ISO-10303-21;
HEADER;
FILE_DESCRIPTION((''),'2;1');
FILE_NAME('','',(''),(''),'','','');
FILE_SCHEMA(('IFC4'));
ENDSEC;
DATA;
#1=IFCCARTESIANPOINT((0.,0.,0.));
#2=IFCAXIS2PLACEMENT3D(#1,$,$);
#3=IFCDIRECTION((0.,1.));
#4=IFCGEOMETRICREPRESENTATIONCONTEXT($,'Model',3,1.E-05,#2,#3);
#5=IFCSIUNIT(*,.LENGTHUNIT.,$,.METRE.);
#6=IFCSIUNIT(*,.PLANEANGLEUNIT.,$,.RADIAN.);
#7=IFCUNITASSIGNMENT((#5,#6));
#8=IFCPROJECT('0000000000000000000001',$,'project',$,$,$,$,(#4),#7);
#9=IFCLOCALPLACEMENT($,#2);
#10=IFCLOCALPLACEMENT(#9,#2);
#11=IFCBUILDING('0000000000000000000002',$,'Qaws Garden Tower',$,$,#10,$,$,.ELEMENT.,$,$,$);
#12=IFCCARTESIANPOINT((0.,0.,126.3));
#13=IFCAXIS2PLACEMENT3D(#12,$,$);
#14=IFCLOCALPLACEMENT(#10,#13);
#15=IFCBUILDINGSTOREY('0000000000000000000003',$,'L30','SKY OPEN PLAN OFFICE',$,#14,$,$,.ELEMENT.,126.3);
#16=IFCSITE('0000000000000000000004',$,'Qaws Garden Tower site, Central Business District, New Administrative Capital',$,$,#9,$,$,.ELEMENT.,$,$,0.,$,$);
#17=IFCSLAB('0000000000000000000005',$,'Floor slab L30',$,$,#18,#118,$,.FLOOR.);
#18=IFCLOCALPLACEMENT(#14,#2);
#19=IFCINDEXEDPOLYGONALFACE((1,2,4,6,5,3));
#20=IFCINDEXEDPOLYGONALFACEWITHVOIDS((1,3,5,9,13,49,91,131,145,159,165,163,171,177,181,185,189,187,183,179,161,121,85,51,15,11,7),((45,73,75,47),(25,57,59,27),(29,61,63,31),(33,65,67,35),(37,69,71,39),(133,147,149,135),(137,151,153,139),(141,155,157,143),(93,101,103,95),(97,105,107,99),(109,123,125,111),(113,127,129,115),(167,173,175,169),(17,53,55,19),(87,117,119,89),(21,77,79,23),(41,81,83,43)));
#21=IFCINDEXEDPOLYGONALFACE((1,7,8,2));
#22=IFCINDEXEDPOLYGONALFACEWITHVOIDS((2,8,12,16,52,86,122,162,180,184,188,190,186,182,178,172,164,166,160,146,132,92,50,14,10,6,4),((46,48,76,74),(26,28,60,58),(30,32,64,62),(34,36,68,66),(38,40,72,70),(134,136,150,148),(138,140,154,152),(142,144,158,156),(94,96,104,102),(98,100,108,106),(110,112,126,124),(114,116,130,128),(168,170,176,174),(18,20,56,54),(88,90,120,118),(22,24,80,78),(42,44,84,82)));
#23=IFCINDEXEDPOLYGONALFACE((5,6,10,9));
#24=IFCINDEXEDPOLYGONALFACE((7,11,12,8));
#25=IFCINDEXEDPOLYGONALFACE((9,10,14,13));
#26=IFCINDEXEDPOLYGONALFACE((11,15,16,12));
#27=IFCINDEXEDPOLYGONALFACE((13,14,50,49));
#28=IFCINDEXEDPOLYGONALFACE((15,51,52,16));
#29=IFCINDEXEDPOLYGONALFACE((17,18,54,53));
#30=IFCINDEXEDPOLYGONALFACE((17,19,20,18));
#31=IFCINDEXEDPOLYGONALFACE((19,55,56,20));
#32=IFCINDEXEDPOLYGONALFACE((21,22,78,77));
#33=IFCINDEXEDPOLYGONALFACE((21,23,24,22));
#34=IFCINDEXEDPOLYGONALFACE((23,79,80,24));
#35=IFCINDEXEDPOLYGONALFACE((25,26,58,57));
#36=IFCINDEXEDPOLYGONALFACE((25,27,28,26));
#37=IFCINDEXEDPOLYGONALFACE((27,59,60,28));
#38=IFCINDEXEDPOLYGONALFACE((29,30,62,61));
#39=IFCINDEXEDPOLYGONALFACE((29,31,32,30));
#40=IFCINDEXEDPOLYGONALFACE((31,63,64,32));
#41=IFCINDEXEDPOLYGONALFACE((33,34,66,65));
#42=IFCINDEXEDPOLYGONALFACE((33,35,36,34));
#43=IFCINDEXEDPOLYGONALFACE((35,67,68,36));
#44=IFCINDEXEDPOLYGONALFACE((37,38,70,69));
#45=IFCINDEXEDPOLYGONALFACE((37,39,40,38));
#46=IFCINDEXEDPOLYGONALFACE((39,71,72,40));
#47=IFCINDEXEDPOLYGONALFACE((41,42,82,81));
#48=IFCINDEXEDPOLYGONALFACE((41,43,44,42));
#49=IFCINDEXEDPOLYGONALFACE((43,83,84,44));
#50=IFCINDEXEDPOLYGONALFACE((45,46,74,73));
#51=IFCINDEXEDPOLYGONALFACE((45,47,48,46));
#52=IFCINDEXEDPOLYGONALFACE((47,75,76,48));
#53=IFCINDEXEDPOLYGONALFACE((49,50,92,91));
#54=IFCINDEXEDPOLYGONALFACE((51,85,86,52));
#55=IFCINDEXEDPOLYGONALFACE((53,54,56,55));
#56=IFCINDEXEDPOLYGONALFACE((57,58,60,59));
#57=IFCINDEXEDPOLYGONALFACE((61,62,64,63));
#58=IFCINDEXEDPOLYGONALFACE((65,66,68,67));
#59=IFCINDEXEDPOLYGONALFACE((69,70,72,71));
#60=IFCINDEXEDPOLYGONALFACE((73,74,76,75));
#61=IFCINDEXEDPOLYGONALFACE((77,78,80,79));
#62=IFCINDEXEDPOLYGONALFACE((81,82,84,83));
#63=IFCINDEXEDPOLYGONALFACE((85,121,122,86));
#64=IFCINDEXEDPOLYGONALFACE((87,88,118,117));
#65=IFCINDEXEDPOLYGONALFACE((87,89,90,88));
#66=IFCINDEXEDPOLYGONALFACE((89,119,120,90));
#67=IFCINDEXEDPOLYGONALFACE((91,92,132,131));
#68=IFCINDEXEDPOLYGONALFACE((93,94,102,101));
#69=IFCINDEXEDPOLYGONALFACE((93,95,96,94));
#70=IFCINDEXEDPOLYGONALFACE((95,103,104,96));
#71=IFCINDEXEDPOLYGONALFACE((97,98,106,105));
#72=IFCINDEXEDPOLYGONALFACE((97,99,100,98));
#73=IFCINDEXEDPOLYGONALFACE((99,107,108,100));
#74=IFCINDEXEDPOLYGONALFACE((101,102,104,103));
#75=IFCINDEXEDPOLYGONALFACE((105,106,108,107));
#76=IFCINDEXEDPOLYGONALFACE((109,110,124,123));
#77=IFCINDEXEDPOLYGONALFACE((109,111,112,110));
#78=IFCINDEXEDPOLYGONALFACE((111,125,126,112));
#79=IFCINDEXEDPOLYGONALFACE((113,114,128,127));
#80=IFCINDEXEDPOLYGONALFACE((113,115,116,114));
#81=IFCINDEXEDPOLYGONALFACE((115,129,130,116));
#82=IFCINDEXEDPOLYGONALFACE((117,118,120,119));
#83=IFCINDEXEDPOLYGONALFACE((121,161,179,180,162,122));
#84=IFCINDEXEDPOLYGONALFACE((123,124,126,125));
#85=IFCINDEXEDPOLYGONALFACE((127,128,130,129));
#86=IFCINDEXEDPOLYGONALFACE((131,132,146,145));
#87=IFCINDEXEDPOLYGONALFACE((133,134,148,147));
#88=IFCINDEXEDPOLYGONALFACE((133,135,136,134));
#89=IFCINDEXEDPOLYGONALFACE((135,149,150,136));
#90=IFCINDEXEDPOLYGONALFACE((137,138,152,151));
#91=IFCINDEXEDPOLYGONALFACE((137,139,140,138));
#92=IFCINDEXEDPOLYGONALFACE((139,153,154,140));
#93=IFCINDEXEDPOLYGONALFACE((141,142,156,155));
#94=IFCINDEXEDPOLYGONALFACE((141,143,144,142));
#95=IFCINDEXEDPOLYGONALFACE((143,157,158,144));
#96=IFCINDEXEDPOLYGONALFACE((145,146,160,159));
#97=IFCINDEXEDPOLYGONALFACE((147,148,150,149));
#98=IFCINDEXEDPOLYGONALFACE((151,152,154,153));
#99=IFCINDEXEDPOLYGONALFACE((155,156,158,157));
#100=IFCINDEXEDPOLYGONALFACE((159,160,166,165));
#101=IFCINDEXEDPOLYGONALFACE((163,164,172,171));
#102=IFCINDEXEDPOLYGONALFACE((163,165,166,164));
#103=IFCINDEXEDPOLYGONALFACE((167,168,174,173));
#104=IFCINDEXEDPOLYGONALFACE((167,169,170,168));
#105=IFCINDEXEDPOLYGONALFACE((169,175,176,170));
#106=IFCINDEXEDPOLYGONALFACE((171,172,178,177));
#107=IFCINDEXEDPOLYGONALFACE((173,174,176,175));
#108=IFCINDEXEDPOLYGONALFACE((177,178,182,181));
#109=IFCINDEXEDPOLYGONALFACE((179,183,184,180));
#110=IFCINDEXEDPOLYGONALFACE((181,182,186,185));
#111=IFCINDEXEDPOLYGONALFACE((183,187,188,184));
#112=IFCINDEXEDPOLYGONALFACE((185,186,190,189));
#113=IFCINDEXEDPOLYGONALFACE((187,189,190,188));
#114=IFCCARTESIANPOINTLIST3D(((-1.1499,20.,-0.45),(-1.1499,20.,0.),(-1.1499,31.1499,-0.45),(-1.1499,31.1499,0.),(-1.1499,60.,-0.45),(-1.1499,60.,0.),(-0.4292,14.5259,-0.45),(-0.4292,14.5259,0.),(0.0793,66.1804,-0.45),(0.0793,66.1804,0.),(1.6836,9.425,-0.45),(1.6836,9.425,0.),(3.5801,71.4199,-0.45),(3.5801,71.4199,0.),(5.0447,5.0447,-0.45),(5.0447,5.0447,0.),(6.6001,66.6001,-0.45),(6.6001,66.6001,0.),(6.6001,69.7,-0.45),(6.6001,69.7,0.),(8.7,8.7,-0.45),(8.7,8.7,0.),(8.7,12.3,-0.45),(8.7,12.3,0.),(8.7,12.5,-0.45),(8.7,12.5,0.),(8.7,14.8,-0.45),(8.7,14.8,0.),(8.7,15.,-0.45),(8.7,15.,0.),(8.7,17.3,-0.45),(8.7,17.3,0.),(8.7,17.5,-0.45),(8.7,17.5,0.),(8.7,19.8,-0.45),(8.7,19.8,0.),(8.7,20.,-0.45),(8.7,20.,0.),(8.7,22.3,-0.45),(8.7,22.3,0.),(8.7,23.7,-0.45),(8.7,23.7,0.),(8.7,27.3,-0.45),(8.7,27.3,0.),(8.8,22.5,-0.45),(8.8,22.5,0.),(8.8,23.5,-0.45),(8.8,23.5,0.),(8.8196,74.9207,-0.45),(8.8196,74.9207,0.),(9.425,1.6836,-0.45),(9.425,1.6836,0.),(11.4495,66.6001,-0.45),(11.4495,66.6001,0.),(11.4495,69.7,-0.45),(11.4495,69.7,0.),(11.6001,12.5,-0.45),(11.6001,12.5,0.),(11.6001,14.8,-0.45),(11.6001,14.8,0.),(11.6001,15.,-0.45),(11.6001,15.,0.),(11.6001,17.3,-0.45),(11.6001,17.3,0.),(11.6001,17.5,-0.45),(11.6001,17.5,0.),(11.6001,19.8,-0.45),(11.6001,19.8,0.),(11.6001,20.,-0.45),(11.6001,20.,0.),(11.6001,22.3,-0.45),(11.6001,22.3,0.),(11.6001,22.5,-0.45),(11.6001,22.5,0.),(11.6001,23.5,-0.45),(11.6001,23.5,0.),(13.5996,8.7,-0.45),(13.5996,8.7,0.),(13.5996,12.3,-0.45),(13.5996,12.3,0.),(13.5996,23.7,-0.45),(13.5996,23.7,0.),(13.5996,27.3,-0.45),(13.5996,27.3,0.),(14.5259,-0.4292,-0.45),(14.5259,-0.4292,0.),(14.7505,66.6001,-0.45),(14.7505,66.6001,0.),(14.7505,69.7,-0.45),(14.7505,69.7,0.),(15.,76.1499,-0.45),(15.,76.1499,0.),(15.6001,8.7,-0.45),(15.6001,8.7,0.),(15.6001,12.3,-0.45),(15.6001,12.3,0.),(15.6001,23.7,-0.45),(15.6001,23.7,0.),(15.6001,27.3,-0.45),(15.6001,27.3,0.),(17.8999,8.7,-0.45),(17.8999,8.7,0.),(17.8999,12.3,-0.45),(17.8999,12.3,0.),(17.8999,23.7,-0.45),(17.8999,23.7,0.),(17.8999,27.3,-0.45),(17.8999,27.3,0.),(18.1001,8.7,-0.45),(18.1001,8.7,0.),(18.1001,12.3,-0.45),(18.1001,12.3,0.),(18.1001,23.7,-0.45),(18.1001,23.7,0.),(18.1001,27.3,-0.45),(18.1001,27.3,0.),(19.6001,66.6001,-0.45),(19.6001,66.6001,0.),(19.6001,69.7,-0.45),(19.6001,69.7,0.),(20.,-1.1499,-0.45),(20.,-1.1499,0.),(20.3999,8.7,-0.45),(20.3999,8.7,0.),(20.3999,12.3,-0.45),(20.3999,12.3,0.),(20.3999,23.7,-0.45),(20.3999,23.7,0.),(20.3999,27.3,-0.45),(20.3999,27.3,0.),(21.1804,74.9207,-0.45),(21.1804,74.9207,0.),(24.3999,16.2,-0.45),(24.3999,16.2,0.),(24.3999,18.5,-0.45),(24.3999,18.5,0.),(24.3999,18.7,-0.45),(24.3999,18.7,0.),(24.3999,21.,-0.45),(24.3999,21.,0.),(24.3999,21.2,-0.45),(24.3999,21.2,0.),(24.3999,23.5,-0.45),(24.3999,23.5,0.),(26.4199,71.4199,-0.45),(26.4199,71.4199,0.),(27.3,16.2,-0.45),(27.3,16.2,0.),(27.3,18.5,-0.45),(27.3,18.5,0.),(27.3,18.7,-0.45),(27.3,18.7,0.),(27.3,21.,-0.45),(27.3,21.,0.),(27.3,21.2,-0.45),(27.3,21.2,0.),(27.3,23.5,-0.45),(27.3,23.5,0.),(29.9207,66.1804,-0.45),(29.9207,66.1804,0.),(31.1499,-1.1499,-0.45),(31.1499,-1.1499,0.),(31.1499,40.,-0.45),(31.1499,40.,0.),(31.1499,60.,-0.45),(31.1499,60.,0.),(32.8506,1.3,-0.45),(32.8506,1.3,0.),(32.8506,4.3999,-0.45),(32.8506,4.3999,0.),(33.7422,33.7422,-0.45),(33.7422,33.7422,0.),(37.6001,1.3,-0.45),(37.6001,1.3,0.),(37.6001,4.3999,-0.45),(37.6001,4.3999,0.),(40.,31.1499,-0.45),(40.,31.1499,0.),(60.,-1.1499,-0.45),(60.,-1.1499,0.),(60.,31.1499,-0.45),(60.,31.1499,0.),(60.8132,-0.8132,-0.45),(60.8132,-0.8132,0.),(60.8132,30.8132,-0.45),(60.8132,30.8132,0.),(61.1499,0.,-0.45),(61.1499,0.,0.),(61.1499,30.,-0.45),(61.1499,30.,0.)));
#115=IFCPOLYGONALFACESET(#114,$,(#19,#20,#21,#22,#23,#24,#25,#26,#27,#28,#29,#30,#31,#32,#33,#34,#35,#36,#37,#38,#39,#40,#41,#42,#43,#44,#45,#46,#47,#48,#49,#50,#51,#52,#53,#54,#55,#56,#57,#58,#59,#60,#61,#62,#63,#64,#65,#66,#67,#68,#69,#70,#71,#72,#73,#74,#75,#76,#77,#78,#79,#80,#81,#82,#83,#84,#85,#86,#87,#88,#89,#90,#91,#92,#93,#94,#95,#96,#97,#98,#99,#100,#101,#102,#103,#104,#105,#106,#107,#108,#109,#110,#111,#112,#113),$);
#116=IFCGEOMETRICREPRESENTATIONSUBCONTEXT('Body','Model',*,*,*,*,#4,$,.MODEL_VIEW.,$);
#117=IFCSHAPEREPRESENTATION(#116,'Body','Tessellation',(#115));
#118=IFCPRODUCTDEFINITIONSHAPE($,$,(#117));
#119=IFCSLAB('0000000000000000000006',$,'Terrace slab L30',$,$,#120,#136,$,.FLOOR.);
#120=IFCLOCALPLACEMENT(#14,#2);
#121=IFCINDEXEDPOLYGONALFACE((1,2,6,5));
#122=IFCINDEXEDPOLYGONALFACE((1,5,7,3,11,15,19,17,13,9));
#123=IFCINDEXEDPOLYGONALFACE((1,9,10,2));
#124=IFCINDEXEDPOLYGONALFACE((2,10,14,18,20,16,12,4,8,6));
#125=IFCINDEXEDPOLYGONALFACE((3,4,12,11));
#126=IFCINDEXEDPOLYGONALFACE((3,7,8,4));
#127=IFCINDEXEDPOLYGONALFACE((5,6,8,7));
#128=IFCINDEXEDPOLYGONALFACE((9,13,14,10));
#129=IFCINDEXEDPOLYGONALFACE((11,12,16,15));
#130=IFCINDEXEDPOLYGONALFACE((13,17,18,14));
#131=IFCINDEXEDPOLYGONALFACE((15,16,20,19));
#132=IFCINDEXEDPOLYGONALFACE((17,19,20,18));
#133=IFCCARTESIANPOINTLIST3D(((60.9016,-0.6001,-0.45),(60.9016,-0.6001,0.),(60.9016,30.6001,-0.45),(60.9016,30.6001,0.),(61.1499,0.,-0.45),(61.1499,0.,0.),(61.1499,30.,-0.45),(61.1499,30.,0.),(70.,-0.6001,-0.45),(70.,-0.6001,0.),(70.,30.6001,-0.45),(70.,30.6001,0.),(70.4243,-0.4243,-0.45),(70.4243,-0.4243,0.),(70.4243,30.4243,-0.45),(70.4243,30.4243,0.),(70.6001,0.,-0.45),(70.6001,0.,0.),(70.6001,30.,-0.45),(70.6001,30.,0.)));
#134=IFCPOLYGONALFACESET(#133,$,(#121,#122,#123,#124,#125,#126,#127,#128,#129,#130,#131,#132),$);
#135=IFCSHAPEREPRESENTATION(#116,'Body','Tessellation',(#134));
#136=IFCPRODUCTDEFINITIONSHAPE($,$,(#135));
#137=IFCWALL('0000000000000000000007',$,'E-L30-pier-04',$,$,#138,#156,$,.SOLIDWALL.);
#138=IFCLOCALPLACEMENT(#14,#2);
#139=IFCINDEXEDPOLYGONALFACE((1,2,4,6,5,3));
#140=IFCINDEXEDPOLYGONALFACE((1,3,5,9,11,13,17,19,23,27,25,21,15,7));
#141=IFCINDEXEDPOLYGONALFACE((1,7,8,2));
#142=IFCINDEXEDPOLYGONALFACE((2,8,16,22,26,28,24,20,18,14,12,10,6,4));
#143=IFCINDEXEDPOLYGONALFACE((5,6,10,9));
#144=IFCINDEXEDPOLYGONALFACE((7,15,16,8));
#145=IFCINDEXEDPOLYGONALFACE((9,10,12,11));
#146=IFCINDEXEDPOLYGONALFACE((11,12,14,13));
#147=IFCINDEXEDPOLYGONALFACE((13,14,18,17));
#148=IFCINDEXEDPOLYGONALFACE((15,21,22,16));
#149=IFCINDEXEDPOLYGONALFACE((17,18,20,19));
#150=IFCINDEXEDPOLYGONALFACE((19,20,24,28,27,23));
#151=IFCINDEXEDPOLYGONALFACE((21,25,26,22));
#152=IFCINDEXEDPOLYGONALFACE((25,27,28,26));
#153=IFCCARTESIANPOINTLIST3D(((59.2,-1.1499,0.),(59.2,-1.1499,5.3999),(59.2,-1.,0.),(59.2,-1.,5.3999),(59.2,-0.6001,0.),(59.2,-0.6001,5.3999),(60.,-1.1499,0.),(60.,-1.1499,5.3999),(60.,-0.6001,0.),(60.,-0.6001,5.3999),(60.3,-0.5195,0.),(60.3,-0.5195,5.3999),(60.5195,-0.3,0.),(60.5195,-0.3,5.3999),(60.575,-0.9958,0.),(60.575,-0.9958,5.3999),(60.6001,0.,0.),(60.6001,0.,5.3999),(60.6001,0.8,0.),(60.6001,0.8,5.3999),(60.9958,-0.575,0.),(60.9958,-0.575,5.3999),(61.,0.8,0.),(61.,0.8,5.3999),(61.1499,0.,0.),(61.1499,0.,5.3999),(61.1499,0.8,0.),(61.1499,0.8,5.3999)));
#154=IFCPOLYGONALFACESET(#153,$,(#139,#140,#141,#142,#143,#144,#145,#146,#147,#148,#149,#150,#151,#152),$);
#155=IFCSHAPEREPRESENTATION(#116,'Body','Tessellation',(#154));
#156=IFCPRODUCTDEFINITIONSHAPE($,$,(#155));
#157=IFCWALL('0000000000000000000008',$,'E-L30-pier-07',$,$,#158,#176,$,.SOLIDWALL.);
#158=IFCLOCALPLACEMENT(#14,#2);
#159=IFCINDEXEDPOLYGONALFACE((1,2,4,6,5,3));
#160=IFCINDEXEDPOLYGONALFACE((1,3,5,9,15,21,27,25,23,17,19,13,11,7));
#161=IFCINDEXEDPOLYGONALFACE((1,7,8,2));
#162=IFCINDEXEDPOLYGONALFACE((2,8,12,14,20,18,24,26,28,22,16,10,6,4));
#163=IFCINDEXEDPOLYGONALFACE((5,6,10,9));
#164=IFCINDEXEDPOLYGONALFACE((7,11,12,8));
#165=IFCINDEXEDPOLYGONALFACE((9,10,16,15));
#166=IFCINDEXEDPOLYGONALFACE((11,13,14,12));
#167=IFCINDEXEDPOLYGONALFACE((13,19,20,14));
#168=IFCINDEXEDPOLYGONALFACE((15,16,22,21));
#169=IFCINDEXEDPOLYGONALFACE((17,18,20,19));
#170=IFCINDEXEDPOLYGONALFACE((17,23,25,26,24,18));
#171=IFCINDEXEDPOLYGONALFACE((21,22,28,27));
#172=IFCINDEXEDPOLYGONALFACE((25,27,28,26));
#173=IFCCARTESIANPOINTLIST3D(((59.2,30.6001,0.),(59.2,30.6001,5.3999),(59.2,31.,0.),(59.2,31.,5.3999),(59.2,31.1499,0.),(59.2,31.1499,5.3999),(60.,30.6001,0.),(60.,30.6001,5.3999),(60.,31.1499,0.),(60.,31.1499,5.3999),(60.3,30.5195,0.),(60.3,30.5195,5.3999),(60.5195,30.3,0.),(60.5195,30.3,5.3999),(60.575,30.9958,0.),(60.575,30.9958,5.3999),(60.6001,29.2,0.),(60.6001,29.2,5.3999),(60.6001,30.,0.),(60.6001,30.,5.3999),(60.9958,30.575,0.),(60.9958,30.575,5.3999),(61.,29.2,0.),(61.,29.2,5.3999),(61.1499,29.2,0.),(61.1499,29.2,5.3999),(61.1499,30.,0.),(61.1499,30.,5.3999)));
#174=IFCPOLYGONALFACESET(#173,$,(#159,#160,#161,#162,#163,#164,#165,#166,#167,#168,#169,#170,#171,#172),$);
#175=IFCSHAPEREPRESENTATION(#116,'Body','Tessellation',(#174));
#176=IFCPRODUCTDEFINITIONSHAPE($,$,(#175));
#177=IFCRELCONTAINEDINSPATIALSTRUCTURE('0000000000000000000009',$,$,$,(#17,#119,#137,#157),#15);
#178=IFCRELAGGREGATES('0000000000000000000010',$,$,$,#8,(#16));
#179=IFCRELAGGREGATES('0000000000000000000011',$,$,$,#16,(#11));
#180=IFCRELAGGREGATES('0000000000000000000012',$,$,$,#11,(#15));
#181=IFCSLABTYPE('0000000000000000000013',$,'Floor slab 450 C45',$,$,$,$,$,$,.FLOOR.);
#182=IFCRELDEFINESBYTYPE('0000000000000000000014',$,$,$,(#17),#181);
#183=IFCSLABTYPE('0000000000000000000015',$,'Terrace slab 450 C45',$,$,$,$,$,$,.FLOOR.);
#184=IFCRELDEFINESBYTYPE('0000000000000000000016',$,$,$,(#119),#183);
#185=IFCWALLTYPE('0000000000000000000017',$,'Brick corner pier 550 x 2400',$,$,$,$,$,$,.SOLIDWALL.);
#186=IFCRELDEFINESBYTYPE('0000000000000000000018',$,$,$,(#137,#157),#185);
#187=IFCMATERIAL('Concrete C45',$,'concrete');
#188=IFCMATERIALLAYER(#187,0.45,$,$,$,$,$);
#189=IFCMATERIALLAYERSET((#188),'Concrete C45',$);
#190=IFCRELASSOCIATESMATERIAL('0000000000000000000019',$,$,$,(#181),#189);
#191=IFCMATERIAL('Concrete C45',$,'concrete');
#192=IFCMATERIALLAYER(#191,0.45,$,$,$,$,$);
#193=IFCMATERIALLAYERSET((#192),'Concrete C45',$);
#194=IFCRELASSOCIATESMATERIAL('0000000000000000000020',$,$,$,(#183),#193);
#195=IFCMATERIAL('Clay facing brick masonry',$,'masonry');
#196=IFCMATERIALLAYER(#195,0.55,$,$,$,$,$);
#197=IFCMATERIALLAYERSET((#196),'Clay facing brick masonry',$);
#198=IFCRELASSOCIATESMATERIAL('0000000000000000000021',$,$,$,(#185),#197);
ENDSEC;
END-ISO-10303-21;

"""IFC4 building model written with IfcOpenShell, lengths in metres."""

from ifc_helpers import new_model, si_unit, direction, frame, origin, place, context, subcontext, project, spatial, polyline, outline, extrude, material, layer, layer_set, type_object, element, save


model = new_model("IFC4")

# Units and contexts
model_context = context("Model", 3, precision=1e-05, world=origin(), true_north=direction((0.0, 1.0)))
body_context = subcontext(model_context, "Body", "Model", "MODEL_VIEW")
ifc_project = project(units=[si_unit("LENGTHUNIT", "METRE"), si_unit("PLANEANGLEUNIT", "RADIAN")], contexts=[model_context])

# Site, building, storey
site_placement = place(None, origin())
site = spatial("IfcSite", under=ifc_project, at=site_placement, Name="Qaws Garden Tower site, Central Business District, New Administrative Capital", CompositionType="ELEMENT", RefElevation=0.0)
building_placement = place(site_placement, origin())
building = spatial("IfcBuilding", under=site, at=building_placement, Name="Qaws Garden Tower", CompositionType="ELEMENT")
storey_placement = place(building_placement, frame((0.0, 0.0, 126.3)))
storey = spatial("IfcBuildingStorey", under=building, at=storey_placement, Name="L30", Description="SKY OPEN PLAN OFFICE", CompositionType="ELEMENT", Elevation=126.3)

# Slabs
ifc_material_1 = material(Name="Concrete C45", Category="concrete")
ifc_layer_1 = layer(ifc_material_1, 0.45)
ifc_layer_set_1 = layer_set([ifc_layer_1], Name="Concrete C45")
slab_type_1 = type_object("IfcSlabType", Name="Floor slab 450 C45", PredefinedType="FLOOR", material=ifc_layer_set_1)
placement_1 = place(storey_placement, frame((0.0, 0.0, -0.45)))
element("IfcSlab", 1, at=placement_1, inside=storey, type_object=slab_type_1, Name="Floor slab L30", PredefinedType="FLOOR", context=body_context, shape_type="SweptSolid", body=[
    extrude(outline(polyline([(-0.4292, 14.5259), (-1.1499, 20.0), (-1.1499, 20.0), (-1.1499, 31.1499), (-1.1499, 60.0), (-1.1499, 60.0), (0.0793, 66.1804), (3.5801, 71.4199), (8.8196, 74.9207), (15.0, 76.1499), (21.1804, 74.9207), (26.4199, 71.4199), (29.9207, 66.1804), (31.1499, 60.0), (31.1499, 40.0), (33.7422, 33.7422), (40.0, 31.1499), (60.0, 31.1499), (60.8132, 30.8132), (61.1499, 30.0), (61.1499, 0.0), (60.8132, -0.8132), (60.0, -1.1499), (31.1499, -1.1499), (20.0, -1.1499), (20.0, -1.1499), (14.5259, -0.4292), (9.425, 1.6836), (5.0447, 5.0447), (1.6836, 9.425), (-0.4292, 14.5259)]), holes=[polyline([(13.5996, 12.3), (8.7, 12.3), (8.7, 8.7), (13.5996, 8.7), (13.5996, 12.3)]), polyline([(17.8999, 12.3), (15.6001, 12.3), (15.6001, 8.7), (17.8999, 8.7), (17.8999, 12.3)]), polyline([(11.6001, 14.8), (8.7, 14.8), (8.7, 12.5), (11.6001, 12.5), (11.6001, 14.8)]), polyline([(11.6001, 17.3), (8.7, 17.3), (8.7, 15.0), (11.6001, 15.0), (11.6001, 17.3)]), polyline([(11.6001, 19.8), (8.7, 19.8), (8.7, 17.5), (11.6001, 17.5), (11.6001, 19.8)]), polyline([(11.6001, 22.3), (8.7, 22.3), (8.7, 20.0), (11.6001, 20.0), (11.6001, 22.3)]), polyline([(11.6001, 23.5), (8.8, 23.5), (8.8, 22.5), (11.6001, 22.5), (11.6001, 23.5)]), polyline([(13.5996, 27.3), (8.7, 27.3), (8.7, 23.7), (13.5996, 23.7), (13.5996, 27.3)]), polyline([(11.4495, 69.7), (6.6001, 69.7), (6.6001, 66.6001), (11.4495, 66.6001), (11.4495, 69.7)]), polyline([(37.6001, 4.3999), (32.8506, 4.3999), (32.8506, 1.3), (37.6001, 1.3), (37.6001, 4.3999)]), polyline([(20.3999, 12.3), (18.1001, 12.3), (18.1001, 8.7), (20.3999, 8.7), (20.3999, 12.3)]), polyline([(27.3, 18.5), (24.3999, 18.5), (24.3999, 16.2), (27.3, 16.2), (27.3, 18.5)]), polyline([(27.3, 21.0), (24.3999, 21.0), (24.3999, 18.7), (27.3, 18.7), (27.3, 21.0)]), polyline([(27.3, 23.5), (24.3999, 23.5), (24.3999, 21.2), (27.3, 21.2), (27.3, 23.5)]), polyline([(17.8999, 27.3), (15.6001, 27.3), (15.6001, 23.7), (17.8999, 23.7), (17.8999, 27.3)]), polyline([(20.3999, 23.7), (20.3999, 27.3), (18.1001, 27.3), (18.1001, 23.7), (20.3999, 23.7)]), polyline([(19.6001, 66.6001), (19.6001, 69.7), (14.7505, 69.7), (14.7505, 66.6001), (19.6001, 66.6001)])]), origin(), (0.0, 0.0, 1.0), 0.45),
])
ifc_material_2 = material(Name="Concrete C45", Category="concrete")
ifc_layer_2 = layer(ifc_material_2, 0.45)
ifc_layer_set_2 = layer_set([ifc_layer_2], Name="Concrete C45")
slab_type_2 = type_object("IfcSlabType", Name="Terrace slab 450 C45", PredefinedType="FLOOR", material=ifc_layer_set_2)
element("IfcSlab", 2, at=placement_1, inside=storey, type_object=slab_type_2, Name="Terrace slab L30", PredefinedType="FLOOR", context=body_context, shape_type="SweptSolid", body=[
    extrude(outline(polyline([(70.0, 30.6001), (70.4243, 30.4243), (70.6001, 30.0), (70.6001, 0.0), (70.4243, -0.4243), (70.0, -0.6001), (60.9016, -0.6001), (61.1499, 0.0), (61.1499, 30.0), (60.9016, 30.6001), (70.0, 30.6001)])), origin(), (0.0, 0.0, 1.0), 0.45),
])

# Walls
ifc_material_3 = material(Name="Clay facing brick masonry", Category="masonry")
ifc_layer_3 = layer(ifc_material_3, 0.55)
ifc_layer_set_3 = layer_set([ifc_layer_3], Name="Clay facing brick masonry")
wall_type_1 = type_object("IfcWallType", Name="Brick corner pier 550 x 2400", PredefinedType="SOLIDWALL", material=ifc_layer_set_3)
placement_2 = place(storey_placement, origin())
element("IfcWall", 3, at=placement_2, inside=storey, type_object=wall_type_1, Name="E-L30-pier-04", PredefinedType="SOLIDWALL", context=body_context, shape_type="SweptSolid", body=[
    extrude(outline(polyline([(59.2, -1.0), (59.2, -1.1499), (60.0, -1.1499), (60.575, -0.9958), (60.9958, -0.575), (61.1499, 0.0), (61.1499, 0.8), (61.0, 0.8), (60.6001, 0.8), (60.6001, 0.0), (60.5195, -0.3), (60.3, -0.5195), (60.0, -0.6001), (59.2, -0.6001), (59.2, -1.0)])), origin(), (0.0, 0.0, 1.0), 5.3999),
])
element("IfcWall", 4, at=placement_2, inside=storey, type_object=wall_type_1, Name="E-L30-pier-07", PredefinedType="SOLIDWALL", context=body_context, shape_type="SweptSolid", body=[
    extrude(outline(polyline([(61.0, 29.2), (61.1499, 29.2), (61.1499, 30.0), (60.9958, 30.575), (60.575, 30.9958), (60.0, 31.1499), (59.2, 31.1499), (59.2, 31.0), (59.2, 30.6001), (60.0, 30.6001), (60.3, 30.5195), (60.5195, 30.3), (60.6001, 30.0), (60.6001, 29.2), (61.0, 29.2)])), origin(), (0.0, 0.0, 1.0), 5.3999),
])

save(model, "model.ifc")
